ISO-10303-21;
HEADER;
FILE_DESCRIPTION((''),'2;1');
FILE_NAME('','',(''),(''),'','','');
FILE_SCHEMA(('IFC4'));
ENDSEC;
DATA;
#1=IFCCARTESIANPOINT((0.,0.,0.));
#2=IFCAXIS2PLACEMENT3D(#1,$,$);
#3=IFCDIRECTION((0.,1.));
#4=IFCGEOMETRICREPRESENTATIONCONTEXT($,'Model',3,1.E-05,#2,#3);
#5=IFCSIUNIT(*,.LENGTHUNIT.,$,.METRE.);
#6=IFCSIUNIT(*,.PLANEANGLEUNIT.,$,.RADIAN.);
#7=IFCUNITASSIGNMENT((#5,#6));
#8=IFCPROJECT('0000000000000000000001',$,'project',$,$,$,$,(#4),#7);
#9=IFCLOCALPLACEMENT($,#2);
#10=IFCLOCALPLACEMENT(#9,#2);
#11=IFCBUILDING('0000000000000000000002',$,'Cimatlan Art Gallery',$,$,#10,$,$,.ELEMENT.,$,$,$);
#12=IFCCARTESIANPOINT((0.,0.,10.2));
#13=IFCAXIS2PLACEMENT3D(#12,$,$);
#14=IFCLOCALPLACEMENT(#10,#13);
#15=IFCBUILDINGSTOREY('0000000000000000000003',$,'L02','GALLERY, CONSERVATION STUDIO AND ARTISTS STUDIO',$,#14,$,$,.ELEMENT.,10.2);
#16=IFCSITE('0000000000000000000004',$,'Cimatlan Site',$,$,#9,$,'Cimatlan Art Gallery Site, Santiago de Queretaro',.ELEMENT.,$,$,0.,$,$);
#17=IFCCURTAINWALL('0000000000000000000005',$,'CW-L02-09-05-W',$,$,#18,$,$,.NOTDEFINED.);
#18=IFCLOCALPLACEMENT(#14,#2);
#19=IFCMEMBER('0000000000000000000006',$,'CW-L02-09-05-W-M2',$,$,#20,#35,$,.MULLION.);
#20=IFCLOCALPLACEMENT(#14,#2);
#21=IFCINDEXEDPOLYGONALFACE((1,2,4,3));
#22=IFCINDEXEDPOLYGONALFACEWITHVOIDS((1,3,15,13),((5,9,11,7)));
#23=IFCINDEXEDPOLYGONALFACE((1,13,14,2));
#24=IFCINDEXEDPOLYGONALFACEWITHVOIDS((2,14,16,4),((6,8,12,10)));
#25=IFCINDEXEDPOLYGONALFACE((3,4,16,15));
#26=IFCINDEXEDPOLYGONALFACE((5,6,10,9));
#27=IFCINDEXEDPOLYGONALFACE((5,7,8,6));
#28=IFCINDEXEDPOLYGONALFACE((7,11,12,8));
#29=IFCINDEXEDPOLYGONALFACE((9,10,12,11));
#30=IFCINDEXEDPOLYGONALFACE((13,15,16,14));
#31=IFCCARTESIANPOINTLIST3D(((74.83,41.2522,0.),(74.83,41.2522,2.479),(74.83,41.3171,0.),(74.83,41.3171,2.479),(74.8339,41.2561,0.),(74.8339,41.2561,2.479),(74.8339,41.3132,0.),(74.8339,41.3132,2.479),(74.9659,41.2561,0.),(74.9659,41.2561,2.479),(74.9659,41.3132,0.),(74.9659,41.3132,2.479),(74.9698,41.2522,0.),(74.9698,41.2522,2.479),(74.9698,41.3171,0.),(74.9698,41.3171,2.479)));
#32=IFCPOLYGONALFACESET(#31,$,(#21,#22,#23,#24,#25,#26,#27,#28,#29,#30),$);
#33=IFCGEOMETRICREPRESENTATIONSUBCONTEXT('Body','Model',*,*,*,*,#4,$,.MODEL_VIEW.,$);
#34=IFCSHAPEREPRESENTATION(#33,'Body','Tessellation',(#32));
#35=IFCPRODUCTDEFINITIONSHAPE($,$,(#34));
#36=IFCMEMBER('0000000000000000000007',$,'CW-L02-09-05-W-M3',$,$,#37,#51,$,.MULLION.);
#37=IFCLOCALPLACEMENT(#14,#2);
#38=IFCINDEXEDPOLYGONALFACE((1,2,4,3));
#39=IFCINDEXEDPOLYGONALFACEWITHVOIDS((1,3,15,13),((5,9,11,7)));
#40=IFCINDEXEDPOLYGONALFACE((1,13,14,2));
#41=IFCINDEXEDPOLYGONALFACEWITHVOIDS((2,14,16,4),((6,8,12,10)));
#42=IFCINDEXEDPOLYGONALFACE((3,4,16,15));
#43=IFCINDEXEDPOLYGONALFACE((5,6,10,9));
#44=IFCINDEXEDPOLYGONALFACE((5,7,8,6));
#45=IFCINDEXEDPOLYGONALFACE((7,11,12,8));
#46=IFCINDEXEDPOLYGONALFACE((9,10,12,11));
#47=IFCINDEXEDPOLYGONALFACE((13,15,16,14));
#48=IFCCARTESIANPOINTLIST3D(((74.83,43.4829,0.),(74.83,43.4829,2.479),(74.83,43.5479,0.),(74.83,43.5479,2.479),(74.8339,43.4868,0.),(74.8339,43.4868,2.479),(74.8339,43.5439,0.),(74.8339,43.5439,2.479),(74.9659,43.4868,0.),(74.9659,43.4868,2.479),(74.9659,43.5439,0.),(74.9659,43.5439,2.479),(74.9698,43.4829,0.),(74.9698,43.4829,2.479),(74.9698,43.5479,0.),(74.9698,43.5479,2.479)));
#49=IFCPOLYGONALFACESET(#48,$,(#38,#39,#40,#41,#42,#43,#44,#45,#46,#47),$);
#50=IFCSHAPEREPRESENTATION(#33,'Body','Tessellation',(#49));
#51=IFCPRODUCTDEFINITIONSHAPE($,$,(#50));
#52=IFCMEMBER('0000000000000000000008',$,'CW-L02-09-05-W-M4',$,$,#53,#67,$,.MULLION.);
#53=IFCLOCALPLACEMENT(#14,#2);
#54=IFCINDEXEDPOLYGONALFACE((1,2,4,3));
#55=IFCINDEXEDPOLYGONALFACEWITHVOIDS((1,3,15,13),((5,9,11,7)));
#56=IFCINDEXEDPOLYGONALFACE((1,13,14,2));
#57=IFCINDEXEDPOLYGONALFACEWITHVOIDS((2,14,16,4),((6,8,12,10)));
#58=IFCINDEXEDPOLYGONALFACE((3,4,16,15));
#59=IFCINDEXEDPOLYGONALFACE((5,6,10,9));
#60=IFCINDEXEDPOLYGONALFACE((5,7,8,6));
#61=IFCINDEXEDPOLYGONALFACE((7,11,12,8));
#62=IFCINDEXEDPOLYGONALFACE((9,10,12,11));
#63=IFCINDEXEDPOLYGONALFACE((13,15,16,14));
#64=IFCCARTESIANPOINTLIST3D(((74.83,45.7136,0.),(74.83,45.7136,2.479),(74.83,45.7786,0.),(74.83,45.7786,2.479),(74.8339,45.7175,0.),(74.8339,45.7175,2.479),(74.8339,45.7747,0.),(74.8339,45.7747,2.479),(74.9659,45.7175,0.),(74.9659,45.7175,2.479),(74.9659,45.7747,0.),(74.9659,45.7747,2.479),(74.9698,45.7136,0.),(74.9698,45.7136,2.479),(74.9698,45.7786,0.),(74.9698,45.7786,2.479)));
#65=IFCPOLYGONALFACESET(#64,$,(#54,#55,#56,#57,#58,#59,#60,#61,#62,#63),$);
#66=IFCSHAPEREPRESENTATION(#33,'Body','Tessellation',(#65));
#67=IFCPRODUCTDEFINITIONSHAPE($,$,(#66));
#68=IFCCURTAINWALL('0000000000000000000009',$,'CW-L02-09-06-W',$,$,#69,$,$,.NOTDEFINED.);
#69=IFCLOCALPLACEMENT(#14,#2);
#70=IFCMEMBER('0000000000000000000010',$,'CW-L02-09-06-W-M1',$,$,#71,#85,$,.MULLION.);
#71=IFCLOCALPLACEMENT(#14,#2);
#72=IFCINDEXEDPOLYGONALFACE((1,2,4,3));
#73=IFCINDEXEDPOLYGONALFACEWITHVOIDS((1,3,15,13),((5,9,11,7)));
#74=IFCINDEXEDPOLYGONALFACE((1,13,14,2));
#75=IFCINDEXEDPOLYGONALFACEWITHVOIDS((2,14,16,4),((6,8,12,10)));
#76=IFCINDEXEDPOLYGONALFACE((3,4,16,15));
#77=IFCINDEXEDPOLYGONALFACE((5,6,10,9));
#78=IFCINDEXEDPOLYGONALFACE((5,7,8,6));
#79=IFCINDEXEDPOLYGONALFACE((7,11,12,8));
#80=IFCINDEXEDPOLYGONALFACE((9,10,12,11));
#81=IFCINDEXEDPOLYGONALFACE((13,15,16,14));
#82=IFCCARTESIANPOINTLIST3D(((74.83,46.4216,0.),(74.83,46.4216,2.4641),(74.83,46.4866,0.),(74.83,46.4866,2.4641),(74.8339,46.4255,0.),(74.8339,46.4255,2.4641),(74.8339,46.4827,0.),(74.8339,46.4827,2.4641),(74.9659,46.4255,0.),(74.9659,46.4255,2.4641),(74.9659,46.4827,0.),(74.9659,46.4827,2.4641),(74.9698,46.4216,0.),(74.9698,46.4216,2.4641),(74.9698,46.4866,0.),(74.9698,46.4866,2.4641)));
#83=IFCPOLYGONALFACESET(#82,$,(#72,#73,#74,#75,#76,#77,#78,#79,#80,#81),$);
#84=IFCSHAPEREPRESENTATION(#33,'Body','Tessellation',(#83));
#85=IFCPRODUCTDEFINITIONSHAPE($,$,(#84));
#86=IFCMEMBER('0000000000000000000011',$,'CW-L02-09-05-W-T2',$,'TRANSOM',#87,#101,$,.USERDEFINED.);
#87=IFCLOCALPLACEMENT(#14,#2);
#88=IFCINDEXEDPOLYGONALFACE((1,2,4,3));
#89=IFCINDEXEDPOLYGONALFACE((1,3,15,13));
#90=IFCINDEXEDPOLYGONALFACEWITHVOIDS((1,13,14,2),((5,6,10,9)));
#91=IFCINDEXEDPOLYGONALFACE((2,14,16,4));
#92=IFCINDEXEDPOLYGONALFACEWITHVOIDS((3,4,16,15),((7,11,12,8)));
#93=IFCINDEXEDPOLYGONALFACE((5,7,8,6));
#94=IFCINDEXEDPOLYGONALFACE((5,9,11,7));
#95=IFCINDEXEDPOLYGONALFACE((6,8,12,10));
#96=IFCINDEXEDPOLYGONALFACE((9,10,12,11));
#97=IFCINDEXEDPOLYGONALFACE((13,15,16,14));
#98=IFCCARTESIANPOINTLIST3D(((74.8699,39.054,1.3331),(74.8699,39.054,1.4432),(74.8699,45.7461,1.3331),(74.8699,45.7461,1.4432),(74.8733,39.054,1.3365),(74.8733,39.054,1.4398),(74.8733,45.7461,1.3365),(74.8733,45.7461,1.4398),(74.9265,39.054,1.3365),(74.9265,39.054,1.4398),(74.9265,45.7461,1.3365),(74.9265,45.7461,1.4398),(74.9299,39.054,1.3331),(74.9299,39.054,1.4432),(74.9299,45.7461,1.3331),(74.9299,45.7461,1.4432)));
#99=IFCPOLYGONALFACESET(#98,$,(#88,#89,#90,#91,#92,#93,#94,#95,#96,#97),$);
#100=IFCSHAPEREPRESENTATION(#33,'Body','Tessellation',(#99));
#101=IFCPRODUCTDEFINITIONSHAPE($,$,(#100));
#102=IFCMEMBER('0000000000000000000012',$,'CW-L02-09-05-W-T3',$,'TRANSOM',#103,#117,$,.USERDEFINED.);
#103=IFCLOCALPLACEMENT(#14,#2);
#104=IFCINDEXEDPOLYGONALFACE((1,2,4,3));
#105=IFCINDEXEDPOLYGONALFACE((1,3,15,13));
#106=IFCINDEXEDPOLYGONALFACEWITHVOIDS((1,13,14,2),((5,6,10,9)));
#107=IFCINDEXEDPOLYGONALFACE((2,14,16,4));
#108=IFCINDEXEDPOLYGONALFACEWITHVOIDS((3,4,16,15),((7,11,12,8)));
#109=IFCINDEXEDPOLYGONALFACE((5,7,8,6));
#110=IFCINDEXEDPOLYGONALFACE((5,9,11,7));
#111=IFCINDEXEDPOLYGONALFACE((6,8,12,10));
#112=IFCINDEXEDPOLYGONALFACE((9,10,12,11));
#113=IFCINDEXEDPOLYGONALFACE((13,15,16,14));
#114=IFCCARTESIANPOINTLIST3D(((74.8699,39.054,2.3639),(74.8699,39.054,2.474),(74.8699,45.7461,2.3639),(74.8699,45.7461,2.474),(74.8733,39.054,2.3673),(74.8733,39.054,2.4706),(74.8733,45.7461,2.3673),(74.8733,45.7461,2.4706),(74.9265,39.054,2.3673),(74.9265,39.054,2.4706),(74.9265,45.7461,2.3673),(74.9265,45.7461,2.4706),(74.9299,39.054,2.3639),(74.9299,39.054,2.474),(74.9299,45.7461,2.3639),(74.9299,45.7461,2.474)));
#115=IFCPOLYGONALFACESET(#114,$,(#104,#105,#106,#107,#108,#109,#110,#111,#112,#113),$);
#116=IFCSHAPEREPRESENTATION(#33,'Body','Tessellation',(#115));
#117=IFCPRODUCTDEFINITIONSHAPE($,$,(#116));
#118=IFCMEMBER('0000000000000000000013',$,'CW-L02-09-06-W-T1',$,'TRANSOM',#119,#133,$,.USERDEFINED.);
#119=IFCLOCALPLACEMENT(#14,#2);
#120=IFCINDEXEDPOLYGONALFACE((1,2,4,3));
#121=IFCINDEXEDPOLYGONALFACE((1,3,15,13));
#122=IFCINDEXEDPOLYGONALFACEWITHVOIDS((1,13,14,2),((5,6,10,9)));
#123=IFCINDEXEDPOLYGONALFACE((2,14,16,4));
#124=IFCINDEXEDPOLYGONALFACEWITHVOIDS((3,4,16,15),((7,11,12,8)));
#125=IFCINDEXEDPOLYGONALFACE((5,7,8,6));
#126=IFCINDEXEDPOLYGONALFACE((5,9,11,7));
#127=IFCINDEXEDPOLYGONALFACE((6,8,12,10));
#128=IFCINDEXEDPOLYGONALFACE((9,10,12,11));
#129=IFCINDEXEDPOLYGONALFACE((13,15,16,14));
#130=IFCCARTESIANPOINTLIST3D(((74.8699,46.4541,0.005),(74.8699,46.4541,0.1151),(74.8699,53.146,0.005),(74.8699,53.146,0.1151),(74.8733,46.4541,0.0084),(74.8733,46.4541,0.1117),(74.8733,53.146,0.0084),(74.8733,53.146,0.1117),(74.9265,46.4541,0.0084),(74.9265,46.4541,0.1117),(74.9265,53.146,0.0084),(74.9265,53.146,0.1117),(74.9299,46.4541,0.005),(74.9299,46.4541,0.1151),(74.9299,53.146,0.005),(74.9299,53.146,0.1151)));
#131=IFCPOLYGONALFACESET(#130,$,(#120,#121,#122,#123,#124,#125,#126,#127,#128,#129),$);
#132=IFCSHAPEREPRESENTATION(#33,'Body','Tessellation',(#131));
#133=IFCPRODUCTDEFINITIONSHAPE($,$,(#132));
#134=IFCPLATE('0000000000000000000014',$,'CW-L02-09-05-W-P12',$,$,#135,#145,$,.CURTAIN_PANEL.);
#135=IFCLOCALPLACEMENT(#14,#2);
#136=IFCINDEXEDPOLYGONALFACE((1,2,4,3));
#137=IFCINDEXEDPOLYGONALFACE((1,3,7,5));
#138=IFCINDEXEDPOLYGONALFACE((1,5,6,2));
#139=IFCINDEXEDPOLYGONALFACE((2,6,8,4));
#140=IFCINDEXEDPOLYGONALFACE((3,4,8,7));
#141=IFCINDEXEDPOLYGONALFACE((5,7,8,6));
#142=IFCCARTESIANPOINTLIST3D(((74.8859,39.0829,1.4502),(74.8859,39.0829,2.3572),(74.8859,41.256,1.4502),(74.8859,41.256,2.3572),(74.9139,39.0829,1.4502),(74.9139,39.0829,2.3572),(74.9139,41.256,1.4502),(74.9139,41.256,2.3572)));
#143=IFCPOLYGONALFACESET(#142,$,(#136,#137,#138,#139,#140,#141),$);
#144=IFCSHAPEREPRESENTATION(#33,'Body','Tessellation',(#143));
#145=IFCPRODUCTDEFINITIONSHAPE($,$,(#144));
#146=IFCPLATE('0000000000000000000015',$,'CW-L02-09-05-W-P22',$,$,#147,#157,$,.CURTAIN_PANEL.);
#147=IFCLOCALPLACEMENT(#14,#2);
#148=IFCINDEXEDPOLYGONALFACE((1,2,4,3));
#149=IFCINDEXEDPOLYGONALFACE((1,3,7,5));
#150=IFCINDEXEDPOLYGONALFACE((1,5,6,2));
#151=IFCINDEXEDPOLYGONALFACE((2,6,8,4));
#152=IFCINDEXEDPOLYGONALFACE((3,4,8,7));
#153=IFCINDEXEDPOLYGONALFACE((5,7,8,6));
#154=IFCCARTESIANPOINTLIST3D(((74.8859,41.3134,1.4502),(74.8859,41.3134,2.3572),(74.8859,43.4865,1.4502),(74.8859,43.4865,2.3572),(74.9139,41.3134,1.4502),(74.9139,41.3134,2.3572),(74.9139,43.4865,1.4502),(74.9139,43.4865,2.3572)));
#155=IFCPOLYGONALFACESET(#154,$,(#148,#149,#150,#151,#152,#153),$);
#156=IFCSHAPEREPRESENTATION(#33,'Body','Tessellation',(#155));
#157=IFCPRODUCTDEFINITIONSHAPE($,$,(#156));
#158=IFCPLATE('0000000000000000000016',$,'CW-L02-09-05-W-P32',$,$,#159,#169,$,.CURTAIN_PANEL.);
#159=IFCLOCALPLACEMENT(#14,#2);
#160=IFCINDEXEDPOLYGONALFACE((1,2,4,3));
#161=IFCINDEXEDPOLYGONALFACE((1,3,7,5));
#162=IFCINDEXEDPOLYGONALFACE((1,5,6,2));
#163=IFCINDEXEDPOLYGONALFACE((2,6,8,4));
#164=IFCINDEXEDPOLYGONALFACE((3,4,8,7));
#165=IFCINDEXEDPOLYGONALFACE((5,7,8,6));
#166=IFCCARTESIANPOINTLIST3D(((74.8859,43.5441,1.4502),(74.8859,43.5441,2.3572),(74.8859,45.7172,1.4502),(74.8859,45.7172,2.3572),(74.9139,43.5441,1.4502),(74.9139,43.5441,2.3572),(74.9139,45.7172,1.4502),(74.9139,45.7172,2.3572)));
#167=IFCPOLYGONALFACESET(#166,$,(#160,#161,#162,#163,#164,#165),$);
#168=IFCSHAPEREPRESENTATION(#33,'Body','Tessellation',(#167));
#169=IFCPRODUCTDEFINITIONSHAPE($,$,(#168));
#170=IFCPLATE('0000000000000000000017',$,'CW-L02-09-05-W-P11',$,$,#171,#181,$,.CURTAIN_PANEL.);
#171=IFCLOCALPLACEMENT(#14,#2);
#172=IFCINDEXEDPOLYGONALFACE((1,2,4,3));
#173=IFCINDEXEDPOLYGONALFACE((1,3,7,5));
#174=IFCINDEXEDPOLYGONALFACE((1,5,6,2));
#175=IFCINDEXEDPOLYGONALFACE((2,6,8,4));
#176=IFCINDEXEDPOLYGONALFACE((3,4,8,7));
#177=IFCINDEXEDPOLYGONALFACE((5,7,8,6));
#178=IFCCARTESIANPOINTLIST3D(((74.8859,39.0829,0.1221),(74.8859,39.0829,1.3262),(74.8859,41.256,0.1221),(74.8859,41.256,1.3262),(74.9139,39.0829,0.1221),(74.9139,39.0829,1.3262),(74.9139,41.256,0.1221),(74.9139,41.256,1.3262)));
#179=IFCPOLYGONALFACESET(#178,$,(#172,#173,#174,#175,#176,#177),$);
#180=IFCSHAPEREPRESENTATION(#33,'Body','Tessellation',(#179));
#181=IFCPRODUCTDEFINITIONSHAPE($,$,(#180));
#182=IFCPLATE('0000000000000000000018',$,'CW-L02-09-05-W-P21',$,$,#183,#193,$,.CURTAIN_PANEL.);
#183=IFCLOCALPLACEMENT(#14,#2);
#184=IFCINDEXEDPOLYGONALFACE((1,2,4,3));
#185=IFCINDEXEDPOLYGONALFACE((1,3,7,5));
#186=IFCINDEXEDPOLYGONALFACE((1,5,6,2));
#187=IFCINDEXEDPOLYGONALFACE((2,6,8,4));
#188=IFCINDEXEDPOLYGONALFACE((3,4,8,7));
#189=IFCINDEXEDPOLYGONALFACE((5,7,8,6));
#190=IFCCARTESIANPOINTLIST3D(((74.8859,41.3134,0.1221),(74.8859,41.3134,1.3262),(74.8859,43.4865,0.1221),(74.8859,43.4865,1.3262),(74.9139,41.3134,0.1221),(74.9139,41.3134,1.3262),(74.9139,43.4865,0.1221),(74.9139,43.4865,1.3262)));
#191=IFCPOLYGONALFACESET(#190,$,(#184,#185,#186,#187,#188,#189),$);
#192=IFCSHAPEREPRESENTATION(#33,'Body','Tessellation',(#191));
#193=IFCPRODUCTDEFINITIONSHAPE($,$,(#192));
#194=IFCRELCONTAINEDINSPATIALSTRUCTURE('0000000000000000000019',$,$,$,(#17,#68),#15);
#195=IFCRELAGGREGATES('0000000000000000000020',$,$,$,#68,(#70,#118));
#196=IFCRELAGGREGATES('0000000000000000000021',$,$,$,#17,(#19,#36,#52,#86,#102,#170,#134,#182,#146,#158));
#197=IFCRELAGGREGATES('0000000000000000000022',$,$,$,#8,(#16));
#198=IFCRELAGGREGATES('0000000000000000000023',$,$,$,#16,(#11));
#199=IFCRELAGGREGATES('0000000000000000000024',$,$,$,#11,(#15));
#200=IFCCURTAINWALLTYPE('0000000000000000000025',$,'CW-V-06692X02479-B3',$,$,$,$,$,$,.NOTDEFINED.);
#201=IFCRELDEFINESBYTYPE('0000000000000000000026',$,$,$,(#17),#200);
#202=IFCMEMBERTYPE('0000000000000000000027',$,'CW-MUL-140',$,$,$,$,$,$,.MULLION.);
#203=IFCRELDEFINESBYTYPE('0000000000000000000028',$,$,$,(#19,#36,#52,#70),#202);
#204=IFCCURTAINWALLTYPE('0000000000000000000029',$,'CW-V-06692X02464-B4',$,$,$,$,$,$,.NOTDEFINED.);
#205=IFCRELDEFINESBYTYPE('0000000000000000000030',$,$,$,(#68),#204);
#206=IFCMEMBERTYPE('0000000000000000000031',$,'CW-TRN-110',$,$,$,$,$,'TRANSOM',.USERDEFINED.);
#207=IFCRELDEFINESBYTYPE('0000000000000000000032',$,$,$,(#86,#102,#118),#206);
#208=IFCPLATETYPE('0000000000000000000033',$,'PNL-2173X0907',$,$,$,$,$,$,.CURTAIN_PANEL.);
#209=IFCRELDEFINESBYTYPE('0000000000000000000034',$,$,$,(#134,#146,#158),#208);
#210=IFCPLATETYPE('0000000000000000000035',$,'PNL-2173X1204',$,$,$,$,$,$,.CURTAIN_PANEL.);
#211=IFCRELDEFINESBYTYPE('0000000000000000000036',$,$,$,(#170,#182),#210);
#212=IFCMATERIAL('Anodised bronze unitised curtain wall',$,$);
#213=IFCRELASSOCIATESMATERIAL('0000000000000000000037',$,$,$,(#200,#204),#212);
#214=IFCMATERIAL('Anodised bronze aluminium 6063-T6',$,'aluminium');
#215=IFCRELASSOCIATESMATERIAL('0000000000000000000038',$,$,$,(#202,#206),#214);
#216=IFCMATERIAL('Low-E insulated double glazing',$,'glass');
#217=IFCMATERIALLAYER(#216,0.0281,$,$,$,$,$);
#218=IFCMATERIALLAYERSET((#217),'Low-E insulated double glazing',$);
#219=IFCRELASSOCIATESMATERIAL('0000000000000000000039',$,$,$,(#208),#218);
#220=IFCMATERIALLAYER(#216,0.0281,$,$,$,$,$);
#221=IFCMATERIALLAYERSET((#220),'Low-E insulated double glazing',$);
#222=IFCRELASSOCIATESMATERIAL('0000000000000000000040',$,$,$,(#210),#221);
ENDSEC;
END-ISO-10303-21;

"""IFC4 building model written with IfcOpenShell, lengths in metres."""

from ifc_helpers import new_model, si_unit, direction, frame, origin, origin_2d, place, context, subcontext, project, spatial, rectangle, hollow_rectangle, extrude, material, layer, layer_set, material_profile, profile_set, type_object, element, aggregate, save


model = new_model("IFC4")

# Units and contexts
model_context = context("Model", 3, precision=1e-05, world=origin(), true_north=direction((0.0, 1.0)))
body_context = subcontext(model_context, "Body", "Model", "MODEL_VIEW")
ifc_project = project(units=[si_unit("LENGTHUNIT", "METRE"), si_unit("PLANEANGLEUNIT", "RADIAN")], contexts=[model_context])

# Site, building, storey
site_placement = place(None, origin())
site = spatial("IfcSite", under=ifc_project, at=site_placement, Name="Cimatlan Site", LongName="Cimatlan Art Gallery Site, Santiago de Queretaro", CompositionType="ELEMENT", RefElevation=0.0)
building_placement = place(site_placement, origin())
building = spatial("IfcBuilding", under=site, at=building_placement, Name="Cimatlan Art Gallery", CompositionType="ELEMENT")
storey_placement = place(building_placement, frame((0.0, 0.0, 10.2)))
storey = spatial("IfcBuildingStorey", under=building, at=storey_placement, Name="L02", Description="GALLERY, CONSERVATION STUDIO AND ARTISTS STUDIO", CompositionType="ELEMENT", Elevation=10.2)

# Curtain wall, members
ifc_material_1 = material(Name="Anodised bronze unitised curtain wall")
curtain_wall_type_1 = type_object("IfcCurtainWallType", Name="CW-V-06692X02479-B3", PredefinedType="NOTDEFINED", material=ifc_material_1)
curtain_wall_1_placement = place(storey_placement, origin())
curtain_wall_1 = element("IfcCurtainWall", 1, at=curtain_wall_1_placement, inside=storey, type_object=curtain_wall_type_1, Name="CW-L02-09-05-W", PredefinedType="NOTDEFINED")
ifc_material_2 = material(Name="Anodised bronze aluminium 6063-T6", Category="aluminium")
ifc_material_profile_1 = material_profile(ifc_material_2, hollow_rectangle(XDim=0.0649, YDim=0.1399, WallThickness=0.0039, at=origin_2d()), Name="ALU65X140X4")
ifc_profile_set_1 = profile_set([ifc_material_profile_1], Name="Anodised bronze aluminium 6063-T6")
member_type_1 = type_object("IfcMemberType", Name="CW-MUL-140", PredefinedType="MULLION", material=ifc_profile_set_1)
member_1_placement = place(storey_placement, frame((74.8999, 41.2847, 0.0), z_axis=(0.0, 0.0, 1.0), x_axis=(0.0, 1.0, 0.0)))
member_1 = element("IfcMember", 2, at=member_1_placement, type_object=member_type_1, Name="CW-L02-09-05-W-M2", PredefinedType="MULLION", context=body_context, shape_type="SweptSolid", body=[
    extrude(hollow_rectangle(XDim=0.0649, YDim=0.1399, WallThickness=0.0039, at=origin_2d()), origin(), (0.0, 0.0, 1.0), 2.479),
])
member_2_placement = place(storey_placement, frame((74.8999, 43.5154, 0.0), z_axis=(0.0, 0.0, 1.0), x_axis=(0.0, 1.0, 0.0)))
member_2 = element("IfcMember", 3, at=member_2_placement, type_object=member_type_1, Name="CW-L02-09-05-W-M3", PredefinedType="MULLION", context=body_context, shape_type="SweptSolid", body=[
    extrude(hollow_rectangle(XDim=0.0649, YDim=0.1399, WallThickness=0.0039, at=origin_2d()), origin(), (0.0, 0.0, 1.0), 2.479),
])
member_3_placement = place(storey_placement, frame((74.8999, 45.7461, 0.0), z_axis=(0.0, 0.0, 1.0), x_axis=(0.0, 1.0, 0.0)))
member_3 = element("IfcMember", 4, at=member_3_placement, type_object=member_type_1, Name="CW-L02-09-05-W-M4", PredefinedType="MULLION", context=body_context, shape_type="SweptSolid", body=[
    extrude(hollow_rectangle(XDim=0.0649, YDim=0.1399, WallThickness=0.0039, at=origin_2d()), origin(), (0.0, 0.0, 1.0), 2.479),
])

# Curtain wall, member
curtain_wall_type_2 = type_object("IfcCurtainWallType", Name="CW-V-06692X02464-B4", PredefinedType="NOTDEFINED", material=ifc_material_1)
curtain_wall_2_placement = place(storey_placement, origin())
curtain_wall_2 = element("IfcCurtainWall", 5, at=curtain_wall_2_placement, inside=storey, type_object=curtain_wall_type_2, Name="CW-L02-09-06-W", PredefinedType="NOTDEFINED")
member_4_placement = place(storey_placement, frame((74.8999, 46.4541, 0.0), z_axis=(0.0, 0.0, 1.0), x_axis=(0.0, 1.0, 0.0)))
member_4 = element("IfcMember", 6, at=member_4_placement, type_object=member_type_1, Name="CW-L02-09-06-W-M1", PredefinedType="MULLION", context=body_context, shape_type="SweptSolid", body=[
    extrude(hollow_rectangle(XDim=0.0649, YDim=0.1399, WallThickness=0.0039, at=origin_2d()), origin(), (0.0, 0.0, 1.0), 2.4641),
])

# Members
ifc_material_profile_2 = material_profile(ifc_material_2, hollow_rectangle(XDim=0.0601, YDim=0.1101, WallThickness=0.0034, at=origin_2d()), Name="ALU60X110X3")
ifc_profile_set_2 = profile_set([ifc_material_profile_2], Name="Anodised bronze aluminium 6063-T6")
member_type_2 = type_object("IfcMemberType", Name="CW-TRN-110", ElementType="TRANSOM", PredefinedType="USERDEFINED", material=ifc_profile_set_2)
member_5_placement = place(storey_placement, frame((74.8999, 39.054, 1.3882), z_axis=(0.0, 1.0, 0.0), x_axis=(-1.0, 0.0, 0.0)))
member_5 = element("IfcMember", 7, at=member_5_placement, type_object=member_type_2, Name="CW-L02-09-05-W-T2", ObjectType="TRANSOM", PredefinedType="USERDEFINED", context=body_context, shape_type="SweptSolid", body=[
    extrude(hollow_rectangle(XDim=0.0601, YDim=0.1101, WallThickness=0.0034, at=origin_2d()), origin(), (0.0, 0.0, 1.0), 6.6921),
])
member_6_placement = place(storey_placement, frame((74.8999, 39.054, 2.4189), z_axis=(0.0, 1.0, 0.0), x_axis=(-1.0, 0.0, 0.0)))
member_6 = element("IfcMember", 8, at=member_6_placement, type_object=member_type_2, Name="CW-L02-09-05-W-T3", ObjectType="TRANSOM", PredefinedType="USERDEFINED", context=body_context, shape_type="SweptSolid", body=[
    extrude(hollow_rectangle(XDim=0.0601, YDim=0.1101, WallThickness=0.0034, at=origin_2d()), origin(), (0.0, 0.0, 1.0), 6.6921),
])
member_7_placement = place(storey_placement, frame((74.8999, 46.4541, 0.0601), z_axis=(0.0, 1.0, 0.0), x_axis=(-1.0, 0.0, 0.0)))
member_7 = element("IfcMember", 9, at=member_7_placement, type_object=member_type_2, Name="CW-L02-09-06-W-T1", ObjectType="TRANSOM", PredefinedType="USERDEFINED", context=body_context, shape_type="SweptSolid", body=[
    extrude(hollow_rectangle(XDim=0.0601, YDim=0.1101, WallThickness=0.0034, at=origin_2d()), origin(), (0.0, 0.0, 1.0), 6.6919),
])
aggregate(curtain_wall_2, [member_4, member_7])

# Plates
ifc_material_3 = material(Name="Low-E insulated double glazing", Category="glass")
ifc_layer_1 = layer(ifc_material_3, 0.0281)
ifc_layer_set_1 = layer_set([ifc_layer_1], Name="Low-E insulated double glazing")
plate_type_1 = type_object("IfcPlateType", Name="PNL-2173X0907", PredefinedType="CURTAIN_PANEL", material=ifc_layer_set_1)
plate_1_placement = place(storey_placement, frame((74.8999, 40.1694, 1.4502), z_axis=(0.0, 0.0, 1.0), x_axis=(0.0, 1.0, 0.0)))
plate_1 = element("IfcPlate", 10, at=plate_1_placement, type_object=plate_type_1, Name="CW-L02-09-05-W-P12", PredefinedType="CURTAIN_PANEL", context=body_context, shape_type="SweptSolid", body=[
    extrude(rectangle(XDim=2.1731, YDim=0.0281, at=origin_2d()), origin(), (0.0, 0.0, 1.0), 0.907),
])
plate_2_placement = place(storey_placement, frame((74.8999, 42.3999, 1.4502), z_axis=(0.0, 0.0, 1.0), x_axis=(0.0, 1.0, 0.0)))
plate_2 = element("IfcPlate", 11, at=plate_2_placement, type_object=plate_type_1, Name="CW-L02-09-05-W-P22", PredefinedType="CURTAIN_PANEL", context=body_context, shape_type="SweptSolid", body=[
    extrude(rectangle(XDim=2.1731, YDim=0.0281, at=origin_2d()), origin(), (0.0, 0.0, 1.0), 0.907),
])
plate_3_placement = place(storey_placement, frame((74.8999, 44.6306, 1.4502), z_axis=(0.0, 0.0, 1.0), x_axis=(0.0, 1.0, 0.0)))
plate_3 = element("IfcPlate", 12, at=plate_3_placement, type_object=plate_type_1, Name="CW-L02-09-05-W-P32", PredefinedType="CURTAIN_PANEL", context=body_context, shape_type="SweptSolid", body=[
    extrude(rectangle(XDim=2.1731, YDim=0.0281, at=origin_2d()), origin(), (0.0, 0.0, 1.0), 0.907),
])
ifc_layer_2 = layer(ifc_material_3, 0.0281)
ifc_layer_set_2 = layer_set([ifc_layer_2], Name="Low-E insulated double glazing")
plate_type_2 = type_object("IfcPlateType", Name="PNL-2173X1204", PredefinedType="CURTAIN_PANEL", material=ifc_layer_set_2)
plate_4_placement = place(storey_placement, frame((74.8999, 40.1694, 0.1221), z_axis=(0.0, 0.0, 1.0), x_axis=(0.0, 1.0, 0.0)))
plate_4 = element("IfcPlate", 13, at=plate_4_placement, type_object=plate_type_2, Name="CW-L02-09-05-W-P11", PredefinedType="CURTAIN_PANEL", context=body_context, shape_type="SweptSolid", body=[
    extrude(rectangle(XDim=2.1731, YDim=0.0281, at=origin_2d()), origin(), (0.0, 0.0, 1.0), 1.2041),
])
plate_5_placement = place(storey_placement, frame((74.8999, 42.3999, 0.1221), z_axis=(0.0, 0.0, 1.0), x_axis=(0.0, 1.0, 0.0)))
plate_5 = element("IfcPlate", 14, at=plate_5_placement, type_object=plate_type_2, Name="CW-L02-09-05-W-P21", PredefinedType="CURTAIN_PANEL", context=body_context, shape_type="SweptSolid", body=[
    extrude(rectangle(XDim=2.1731, YDim=0.0281, at=origin_2d()), origin(), (0.0, 0.0, 1.0), 1.2041),
])
aggregate(curtain_wall_1, [member_1, member_2, member_3, member_5, member_6, plate_4, plate_1, plate_5, plate_2, plate_3])

save(model, "model.ifc")
